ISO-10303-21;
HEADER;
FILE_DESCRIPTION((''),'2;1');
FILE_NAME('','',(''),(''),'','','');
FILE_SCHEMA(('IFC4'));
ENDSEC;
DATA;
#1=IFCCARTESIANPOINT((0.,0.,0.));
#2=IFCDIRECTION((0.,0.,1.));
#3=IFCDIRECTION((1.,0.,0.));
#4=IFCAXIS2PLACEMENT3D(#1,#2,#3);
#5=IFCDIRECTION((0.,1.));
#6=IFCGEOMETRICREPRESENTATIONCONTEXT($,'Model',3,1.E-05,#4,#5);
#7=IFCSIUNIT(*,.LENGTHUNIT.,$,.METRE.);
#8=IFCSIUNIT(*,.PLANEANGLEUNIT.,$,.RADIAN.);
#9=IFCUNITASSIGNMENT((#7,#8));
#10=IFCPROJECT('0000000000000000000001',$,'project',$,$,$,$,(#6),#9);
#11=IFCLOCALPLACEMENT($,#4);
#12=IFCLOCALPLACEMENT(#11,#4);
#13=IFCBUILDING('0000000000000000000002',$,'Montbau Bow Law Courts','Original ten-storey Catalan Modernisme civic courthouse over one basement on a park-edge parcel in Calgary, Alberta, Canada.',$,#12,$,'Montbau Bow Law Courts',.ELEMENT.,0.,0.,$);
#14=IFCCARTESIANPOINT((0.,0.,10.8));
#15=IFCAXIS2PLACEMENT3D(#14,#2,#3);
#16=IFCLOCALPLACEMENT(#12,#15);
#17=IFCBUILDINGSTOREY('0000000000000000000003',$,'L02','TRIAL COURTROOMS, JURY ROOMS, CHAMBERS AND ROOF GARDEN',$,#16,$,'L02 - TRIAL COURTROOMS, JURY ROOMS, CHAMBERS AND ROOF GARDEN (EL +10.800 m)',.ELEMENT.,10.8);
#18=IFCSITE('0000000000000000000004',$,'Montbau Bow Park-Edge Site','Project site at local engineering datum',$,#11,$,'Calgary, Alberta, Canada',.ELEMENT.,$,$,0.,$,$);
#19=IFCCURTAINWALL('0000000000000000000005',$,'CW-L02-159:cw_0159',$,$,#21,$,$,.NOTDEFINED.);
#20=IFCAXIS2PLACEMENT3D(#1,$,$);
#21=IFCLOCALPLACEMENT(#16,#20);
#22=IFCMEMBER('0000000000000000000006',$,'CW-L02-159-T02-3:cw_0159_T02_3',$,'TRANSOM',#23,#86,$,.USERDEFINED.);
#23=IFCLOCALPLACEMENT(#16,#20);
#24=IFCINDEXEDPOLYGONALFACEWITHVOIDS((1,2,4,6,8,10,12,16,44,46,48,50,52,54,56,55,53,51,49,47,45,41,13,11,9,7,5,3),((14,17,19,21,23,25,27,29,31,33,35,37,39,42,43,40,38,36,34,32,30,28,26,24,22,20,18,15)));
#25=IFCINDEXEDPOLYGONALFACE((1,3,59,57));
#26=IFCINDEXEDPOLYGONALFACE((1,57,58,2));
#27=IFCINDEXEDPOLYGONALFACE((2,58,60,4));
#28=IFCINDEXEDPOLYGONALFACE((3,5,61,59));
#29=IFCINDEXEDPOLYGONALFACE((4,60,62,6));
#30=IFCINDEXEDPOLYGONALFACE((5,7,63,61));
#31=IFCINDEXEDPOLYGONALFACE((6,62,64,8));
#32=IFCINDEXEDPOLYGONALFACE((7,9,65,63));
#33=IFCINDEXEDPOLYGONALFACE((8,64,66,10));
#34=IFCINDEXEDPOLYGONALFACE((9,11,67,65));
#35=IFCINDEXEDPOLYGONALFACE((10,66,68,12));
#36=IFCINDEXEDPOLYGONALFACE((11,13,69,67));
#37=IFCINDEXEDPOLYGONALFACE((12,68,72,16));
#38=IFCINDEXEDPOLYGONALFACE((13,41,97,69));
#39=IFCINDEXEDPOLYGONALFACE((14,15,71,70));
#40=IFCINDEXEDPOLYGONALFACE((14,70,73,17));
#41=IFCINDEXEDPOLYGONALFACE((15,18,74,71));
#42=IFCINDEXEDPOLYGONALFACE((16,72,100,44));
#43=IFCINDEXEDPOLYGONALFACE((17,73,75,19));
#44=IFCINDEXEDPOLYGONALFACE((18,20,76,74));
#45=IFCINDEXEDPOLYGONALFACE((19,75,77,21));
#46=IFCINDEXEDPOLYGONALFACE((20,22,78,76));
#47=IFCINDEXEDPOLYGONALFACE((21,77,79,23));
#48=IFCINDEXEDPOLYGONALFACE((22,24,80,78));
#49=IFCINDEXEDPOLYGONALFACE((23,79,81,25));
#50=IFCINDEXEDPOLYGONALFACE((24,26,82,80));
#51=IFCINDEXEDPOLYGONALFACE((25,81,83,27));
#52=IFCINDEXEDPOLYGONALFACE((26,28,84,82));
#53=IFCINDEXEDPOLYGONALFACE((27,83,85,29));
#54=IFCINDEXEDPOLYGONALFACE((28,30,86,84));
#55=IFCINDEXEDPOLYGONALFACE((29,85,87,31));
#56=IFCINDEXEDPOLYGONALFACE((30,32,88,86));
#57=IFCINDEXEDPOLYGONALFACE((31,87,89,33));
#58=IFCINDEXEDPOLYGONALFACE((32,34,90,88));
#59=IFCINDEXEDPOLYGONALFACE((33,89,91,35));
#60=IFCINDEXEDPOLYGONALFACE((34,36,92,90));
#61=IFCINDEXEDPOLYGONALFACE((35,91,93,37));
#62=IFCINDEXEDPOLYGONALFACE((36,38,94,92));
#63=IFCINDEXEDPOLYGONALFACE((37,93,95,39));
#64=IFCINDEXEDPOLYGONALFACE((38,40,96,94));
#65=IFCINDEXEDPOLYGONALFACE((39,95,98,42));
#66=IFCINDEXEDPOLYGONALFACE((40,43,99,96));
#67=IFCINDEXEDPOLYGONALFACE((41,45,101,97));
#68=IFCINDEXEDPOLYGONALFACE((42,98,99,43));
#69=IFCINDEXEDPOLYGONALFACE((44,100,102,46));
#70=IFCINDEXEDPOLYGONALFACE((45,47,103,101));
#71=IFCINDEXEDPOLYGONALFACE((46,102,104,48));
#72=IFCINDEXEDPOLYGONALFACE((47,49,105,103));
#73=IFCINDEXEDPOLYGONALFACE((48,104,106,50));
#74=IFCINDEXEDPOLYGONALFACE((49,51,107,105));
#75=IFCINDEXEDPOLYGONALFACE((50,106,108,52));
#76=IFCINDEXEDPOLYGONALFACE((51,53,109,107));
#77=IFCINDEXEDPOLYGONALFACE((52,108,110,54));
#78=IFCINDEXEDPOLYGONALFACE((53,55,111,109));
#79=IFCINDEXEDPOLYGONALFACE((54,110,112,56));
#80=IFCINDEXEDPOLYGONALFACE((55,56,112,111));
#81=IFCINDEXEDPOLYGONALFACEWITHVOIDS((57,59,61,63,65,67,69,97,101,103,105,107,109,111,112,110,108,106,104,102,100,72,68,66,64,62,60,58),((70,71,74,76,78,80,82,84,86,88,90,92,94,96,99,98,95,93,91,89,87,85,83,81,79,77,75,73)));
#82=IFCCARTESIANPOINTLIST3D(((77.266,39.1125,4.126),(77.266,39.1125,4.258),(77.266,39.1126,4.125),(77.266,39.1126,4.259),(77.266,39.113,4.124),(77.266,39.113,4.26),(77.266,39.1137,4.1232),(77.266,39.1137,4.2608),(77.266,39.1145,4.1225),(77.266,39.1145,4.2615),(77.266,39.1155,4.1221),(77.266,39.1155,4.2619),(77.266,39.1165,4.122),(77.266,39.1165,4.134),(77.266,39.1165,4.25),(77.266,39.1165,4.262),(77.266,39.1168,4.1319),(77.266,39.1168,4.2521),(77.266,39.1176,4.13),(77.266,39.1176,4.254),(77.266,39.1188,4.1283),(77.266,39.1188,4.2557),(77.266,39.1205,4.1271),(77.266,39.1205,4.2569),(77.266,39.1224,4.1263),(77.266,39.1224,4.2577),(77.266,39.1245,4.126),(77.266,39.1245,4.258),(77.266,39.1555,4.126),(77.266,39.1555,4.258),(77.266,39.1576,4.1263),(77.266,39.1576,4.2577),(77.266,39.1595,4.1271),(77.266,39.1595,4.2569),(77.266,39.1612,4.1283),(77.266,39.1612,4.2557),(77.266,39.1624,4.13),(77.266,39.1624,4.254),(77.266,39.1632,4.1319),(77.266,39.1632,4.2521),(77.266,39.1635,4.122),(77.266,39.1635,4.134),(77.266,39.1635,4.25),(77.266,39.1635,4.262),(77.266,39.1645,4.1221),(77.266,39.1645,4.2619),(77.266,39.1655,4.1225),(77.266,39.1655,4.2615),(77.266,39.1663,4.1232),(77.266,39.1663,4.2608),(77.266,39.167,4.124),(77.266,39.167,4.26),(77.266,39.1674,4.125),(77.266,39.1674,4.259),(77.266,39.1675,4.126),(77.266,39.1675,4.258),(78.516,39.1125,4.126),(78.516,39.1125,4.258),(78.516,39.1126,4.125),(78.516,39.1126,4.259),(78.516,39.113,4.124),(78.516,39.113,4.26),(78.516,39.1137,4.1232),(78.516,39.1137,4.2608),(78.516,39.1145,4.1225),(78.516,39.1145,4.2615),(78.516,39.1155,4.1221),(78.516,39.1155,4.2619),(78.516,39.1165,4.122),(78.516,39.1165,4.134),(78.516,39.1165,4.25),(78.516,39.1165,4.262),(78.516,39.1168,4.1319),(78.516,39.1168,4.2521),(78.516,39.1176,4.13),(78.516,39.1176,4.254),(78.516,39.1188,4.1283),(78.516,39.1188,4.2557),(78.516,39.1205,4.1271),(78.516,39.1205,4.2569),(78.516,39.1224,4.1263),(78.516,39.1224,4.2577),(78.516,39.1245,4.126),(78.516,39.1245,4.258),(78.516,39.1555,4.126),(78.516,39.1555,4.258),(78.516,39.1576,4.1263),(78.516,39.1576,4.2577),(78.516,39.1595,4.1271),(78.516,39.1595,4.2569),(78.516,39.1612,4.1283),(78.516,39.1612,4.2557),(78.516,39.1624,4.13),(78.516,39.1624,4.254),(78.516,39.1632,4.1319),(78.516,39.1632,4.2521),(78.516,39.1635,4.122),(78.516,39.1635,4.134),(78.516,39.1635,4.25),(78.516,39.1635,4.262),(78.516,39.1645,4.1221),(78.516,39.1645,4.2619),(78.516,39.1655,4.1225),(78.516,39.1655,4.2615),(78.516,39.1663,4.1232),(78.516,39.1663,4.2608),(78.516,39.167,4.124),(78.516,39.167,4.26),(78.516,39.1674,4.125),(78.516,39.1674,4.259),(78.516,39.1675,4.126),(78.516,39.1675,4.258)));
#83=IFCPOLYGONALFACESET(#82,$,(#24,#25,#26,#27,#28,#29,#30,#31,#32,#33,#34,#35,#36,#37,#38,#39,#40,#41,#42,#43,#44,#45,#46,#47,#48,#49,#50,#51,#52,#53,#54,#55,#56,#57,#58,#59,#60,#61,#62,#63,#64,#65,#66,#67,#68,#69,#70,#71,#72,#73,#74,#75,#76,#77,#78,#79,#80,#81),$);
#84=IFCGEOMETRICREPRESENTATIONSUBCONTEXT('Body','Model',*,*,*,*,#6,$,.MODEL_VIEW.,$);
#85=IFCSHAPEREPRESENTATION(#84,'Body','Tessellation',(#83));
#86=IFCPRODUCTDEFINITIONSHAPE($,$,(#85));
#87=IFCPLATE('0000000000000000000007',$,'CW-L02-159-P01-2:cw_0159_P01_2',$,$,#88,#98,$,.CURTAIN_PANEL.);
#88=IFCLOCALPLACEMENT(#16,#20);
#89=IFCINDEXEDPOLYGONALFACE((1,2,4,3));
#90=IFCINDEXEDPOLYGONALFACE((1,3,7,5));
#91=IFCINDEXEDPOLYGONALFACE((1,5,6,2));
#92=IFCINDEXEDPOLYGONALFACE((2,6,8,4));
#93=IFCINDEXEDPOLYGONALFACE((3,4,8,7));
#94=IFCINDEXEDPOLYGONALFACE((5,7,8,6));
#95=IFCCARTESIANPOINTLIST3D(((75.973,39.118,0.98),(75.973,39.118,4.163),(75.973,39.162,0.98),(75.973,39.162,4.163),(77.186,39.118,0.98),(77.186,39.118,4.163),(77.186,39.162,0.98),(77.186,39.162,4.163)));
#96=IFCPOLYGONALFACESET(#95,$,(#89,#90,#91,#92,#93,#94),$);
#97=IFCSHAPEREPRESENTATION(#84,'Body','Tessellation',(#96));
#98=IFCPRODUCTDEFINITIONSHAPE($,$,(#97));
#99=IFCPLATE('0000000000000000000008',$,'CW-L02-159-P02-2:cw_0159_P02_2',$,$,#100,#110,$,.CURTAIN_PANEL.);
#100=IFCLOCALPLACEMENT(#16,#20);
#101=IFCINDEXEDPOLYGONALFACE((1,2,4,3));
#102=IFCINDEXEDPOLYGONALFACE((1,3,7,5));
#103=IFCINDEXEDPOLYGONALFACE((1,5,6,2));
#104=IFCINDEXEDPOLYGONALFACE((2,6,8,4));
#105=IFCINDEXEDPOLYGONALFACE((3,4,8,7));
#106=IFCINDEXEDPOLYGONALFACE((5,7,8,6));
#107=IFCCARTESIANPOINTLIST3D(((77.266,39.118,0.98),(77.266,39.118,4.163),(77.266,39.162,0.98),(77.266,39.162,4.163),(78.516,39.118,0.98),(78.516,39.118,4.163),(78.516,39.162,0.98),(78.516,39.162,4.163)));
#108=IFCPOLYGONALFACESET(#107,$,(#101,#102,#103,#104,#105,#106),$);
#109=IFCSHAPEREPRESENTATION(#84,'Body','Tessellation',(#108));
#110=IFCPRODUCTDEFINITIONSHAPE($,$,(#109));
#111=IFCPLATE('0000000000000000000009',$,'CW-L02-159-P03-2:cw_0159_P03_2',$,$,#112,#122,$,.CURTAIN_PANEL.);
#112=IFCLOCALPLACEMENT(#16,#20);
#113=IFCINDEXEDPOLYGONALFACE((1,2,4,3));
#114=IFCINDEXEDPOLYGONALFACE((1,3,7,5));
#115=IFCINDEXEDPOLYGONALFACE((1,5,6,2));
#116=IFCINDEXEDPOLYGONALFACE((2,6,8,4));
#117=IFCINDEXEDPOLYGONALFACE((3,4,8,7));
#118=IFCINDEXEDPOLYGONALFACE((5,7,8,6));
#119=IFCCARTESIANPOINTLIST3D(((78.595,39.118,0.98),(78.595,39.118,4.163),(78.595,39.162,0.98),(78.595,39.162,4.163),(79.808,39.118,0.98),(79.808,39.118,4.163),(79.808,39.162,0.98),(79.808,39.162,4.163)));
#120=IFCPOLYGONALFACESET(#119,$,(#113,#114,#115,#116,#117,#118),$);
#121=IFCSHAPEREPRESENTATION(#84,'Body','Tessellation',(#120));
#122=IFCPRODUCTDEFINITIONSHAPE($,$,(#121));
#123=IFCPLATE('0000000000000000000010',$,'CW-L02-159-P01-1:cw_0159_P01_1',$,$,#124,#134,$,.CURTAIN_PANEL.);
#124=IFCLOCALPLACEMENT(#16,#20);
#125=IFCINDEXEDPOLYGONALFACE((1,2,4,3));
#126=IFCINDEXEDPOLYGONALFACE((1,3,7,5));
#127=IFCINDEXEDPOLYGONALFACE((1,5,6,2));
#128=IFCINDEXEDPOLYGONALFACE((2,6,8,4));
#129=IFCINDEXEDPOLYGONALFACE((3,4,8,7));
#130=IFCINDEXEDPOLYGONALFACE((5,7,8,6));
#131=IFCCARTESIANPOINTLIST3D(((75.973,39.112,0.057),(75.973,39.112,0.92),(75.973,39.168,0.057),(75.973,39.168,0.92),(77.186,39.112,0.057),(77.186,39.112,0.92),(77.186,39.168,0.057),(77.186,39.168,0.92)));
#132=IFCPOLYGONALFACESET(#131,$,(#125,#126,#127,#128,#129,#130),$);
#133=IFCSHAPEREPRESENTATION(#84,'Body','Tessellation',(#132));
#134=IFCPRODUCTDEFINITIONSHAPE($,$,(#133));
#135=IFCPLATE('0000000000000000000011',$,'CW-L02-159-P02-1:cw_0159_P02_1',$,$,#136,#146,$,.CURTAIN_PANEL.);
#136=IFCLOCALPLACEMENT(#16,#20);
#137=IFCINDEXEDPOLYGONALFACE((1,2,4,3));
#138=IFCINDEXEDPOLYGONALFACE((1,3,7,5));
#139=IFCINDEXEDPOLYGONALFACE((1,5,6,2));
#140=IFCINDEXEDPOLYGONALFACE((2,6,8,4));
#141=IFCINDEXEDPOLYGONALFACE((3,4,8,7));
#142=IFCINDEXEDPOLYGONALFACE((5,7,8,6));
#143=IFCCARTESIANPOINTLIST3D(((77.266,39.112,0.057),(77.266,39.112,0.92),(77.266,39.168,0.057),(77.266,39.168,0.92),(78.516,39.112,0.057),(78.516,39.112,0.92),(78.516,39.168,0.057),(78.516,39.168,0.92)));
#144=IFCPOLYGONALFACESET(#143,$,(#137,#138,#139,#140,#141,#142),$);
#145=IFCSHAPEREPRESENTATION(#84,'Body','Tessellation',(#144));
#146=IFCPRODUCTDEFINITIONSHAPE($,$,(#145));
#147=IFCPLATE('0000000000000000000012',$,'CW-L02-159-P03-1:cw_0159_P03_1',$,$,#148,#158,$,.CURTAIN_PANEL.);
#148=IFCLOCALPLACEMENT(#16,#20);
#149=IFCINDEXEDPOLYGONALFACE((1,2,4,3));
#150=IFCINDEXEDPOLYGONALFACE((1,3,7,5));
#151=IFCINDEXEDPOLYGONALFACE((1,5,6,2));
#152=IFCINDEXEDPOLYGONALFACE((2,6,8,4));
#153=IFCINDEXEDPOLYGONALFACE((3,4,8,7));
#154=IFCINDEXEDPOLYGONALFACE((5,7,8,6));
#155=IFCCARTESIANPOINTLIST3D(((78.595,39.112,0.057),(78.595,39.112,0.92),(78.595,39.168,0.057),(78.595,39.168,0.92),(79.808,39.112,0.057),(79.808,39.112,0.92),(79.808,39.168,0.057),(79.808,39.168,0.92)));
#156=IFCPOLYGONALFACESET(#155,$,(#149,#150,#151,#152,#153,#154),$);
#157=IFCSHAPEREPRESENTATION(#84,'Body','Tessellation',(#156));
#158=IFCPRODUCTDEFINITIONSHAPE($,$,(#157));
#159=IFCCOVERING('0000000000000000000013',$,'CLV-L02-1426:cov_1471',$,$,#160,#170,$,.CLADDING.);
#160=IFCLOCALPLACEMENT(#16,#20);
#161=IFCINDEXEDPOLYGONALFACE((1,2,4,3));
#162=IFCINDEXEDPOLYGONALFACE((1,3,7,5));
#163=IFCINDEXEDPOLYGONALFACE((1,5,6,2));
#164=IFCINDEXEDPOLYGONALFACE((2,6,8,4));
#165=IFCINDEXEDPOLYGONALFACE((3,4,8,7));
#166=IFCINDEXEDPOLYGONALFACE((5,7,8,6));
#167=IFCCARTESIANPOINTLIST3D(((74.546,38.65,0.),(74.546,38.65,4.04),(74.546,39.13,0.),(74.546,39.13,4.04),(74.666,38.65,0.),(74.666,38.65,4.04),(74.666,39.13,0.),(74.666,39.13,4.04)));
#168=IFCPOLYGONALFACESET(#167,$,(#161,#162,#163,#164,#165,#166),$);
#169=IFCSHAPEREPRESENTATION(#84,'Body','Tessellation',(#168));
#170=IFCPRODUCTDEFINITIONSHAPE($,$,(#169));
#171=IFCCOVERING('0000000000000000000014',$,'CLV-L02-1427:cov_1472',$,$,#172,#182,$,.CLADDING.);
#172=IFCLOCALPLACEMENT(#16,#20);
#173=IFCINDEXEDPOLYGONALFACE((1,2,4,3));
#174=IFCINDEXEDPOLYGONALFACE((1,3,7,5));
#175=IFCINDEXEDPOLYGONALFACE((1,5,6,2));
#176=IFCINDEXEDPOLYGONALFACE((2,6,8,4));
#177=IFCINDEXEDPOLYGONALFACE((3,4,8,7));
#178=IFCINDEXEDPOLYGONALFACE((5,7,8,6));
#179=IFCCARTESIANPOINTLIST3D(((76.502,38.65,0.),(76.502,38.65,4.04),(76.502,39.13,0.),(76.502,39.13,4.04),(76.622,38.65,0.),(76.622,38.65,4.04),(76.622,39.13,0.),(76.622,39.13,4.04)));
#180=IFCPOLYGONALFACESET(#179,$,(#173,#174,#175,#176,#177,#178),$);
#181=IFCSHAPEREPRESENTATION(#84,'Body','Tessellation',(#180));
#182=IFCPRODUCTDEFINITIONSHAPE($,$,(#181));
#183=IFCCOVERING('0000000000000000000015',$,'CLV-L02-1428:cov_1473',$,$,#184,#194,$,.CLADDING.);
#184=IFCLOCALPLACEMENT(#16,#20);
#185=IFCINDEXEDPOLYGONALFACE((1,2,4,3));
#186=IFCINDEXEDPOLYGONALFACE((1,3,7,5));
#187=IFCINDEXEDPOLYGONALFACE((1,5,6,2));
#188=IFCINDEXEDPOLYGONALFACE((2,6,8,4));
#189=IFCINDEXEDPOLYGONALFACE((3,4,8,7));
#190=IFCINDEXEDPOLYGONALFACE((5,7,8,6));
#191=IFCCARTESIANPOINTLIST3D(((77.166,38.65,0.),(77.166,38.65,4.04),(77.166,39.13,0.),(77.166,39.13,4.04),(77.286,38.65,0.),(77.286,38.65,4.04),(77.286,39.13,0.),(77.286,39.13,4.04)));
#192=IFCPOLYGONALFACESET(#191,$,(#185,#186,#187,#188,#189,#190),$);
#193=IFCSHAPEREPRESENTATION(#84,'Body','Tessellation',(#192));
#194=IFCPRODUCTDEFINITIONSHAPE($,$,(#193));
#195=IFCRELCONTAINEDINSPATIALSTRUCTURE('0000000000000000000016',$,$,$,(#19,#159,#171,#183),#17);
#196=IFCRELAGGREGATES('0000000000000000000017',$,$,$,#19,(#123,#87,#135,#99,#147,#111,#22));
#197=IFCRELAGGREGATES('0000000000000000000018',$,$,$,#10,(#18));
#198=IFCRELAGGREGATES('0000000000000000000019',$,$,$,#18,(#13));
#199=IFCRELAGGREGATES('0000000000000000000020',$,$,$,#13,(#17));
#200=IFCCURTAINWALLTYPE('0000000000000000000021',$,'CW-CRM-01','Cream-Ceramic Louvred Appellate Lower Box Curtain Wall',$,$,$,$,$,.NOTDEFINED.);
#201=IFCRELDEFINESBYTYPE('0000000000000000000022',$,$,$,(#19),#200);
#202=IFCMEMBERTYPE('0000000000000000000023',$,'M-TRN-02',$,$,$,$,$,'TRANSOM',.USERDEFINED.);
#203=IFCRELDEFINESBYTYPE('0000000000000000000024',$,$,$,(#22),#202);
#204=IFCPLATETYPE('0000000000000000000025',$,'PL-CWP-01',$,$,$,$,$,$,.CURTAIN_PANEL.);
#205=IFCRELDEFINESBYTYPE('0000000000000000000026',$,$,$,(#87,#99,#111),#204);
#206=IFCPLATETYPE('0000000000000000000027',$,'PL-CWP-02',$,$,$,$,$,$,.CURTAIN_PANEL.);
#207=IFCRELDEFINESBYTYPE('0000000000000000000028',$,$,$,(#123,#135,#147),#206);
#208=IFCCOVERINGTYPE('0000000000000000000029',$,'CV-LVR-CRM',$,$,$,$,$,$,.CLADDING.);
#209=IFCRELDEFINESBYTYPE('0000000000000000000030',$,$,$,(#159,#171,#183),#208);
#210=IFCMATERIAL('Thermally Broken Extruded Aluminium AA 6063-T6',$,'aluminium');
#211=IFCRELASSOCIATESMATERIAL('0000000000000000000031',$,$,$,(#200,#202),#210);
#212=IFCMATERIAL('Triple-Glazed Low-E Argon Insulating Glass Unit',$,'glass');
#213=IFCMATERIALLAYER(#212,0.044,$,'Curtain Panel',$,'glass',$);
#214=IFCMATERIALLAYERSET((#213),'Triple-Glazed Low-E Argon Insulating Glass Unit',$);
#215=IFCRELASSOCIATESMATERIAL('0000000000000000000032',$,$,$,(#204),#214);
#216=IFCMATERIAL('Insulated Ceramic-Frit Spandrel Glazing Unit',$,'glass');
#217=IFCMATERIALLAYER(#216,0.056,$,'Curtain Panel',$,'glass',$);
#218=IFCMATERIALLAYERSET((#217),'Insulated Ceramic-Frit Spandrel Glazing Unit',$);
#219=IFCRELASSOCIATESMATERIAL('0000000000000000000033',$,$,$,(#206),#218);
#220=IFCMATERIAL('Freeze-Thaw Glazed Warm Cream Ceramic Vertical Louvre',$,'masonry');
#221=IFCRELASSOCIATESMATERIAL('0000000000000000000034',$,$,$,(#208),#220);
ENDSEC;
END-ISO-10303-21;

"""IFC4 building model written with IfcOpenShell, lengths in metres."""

from ifc_helpers import new_model, si_unit, direction, frame, frame_2d, origin_with_axes, origin_2d_with_axis, place, context, subcontext, project, spatial, rectangle, hollow_rectangle, extrude, material, layer, layer_set, material_profile, profile_set, type_object, element, aggregate, save


model = new_model("IFC4")

# Units and contexts
model_context = context("Model", 3, precision=1e-05, world=origin_with_axes(), true_north=direction((0.0, 1.0)))
body_context = subcontext(model_context, "Body", "Model", "MODEL_VIEW")
ifc_project = project(units=[si_unit("LENGTHUNIT", "METRE"), si_unit("PLANEANGLEUNIT", "RADIAN")], contexts=[model_context])

# Site, building, storey
site_placement = place(None, origin_with_axes())
site = spatial("IfcSite", under=ifc_project, at=site_placement, Name="Montbau Bow Park-Edge Site", Description="Project site at local engineering datum", LongName="Calgary, Alberta, Canada", CompositionType="ELEMENT", RefElevation=0.0)
building_placement = place(site_placement, origin_with_axes())
building = spatial("IfcBuilding", under=site, at=building_placement, Name="Montbau Bow Law Courts", Description="Original ten-storey Catalan Modernisme civic courthouse over one basement on a park-edge parcel in Calgary, Alberta, Canada.", LongName="Montbau Bow Law Courts", CompositionType="ELEMENT", ElevationOfRefHeight=0.0, ElevationOfTerrain=0.0)
storey_placement = place(building_placement, frame((0.0, 0.0, 10.8), z_axis=(0.0, 0.0, 1.0), x_axis=(1.0, 0.0, 0.0)))
storey = spatial("IfcBuildingStorey", under=building, at=storey_placement, Name="L02", Description="TRIAL COURTROOMS, JURY ROOMS, CHAMBERS AND ROOF GARDEN", LongName="L02 - TRIAL COURTROOMS, JURY ROOMS, CHAMBERS AND ROOF GARDEN (EL +10.800 m)", CompositionType="ELEMENT", Elevation=10.8)

# Curtain wall
ifc_material_1 = material(Name="Thermally Broken Extruded Aluminium AA 6063-T6", Category="aluminium")
curtain_wall_type = type_object("IfcCurtainWallType", Name="CW-CRM-01", Description="Cream-Ceramic Louvred Appellate Lower Box Curtain Wall", PredefinedType="NOTDEFINED", material=ifc_material_1)
curtain_wall_1_placement = place(None, frame((75.897, 39.14, 10.8), z_axis=(0.0, 0.0, 1.0), x_axis=(1.0, 0.0, 0.0)))
curtain_wall_1 = element("IfcCurtainWall", 1, at=curtain_wall_1_placement, inside=storey, type_object=curtain_wall_type, Name="CW-L02-159:cw_0159", PredefinedType="NOTDEFINED")

# Member
ifc_material_profile_1 = material_profile(ifc_material_1, hollow_rectangle(XDim=0.055, YDim=0.14, WallThickness=0.004, InnerFilletRadius=0.008, OuterFilletRadius=0.004, at=origin_2d_with_axis()), Name="CWT-140X55", Category="Main", Priority=0)
ifc_profile_set_1 = profile_set([ifc_material_profile_1], Name="Thermally Broken Extruded Aluminium AA 6063-T6")
member_type_1 = type_object("IfcMemberType", Name="M-TRN-02", ElementType="TRANSOM", PredefinedType="USERDEFINED", material=ifc_profile_set_1)
member_1_placement = place(None, frame((77.266, 39.14, 14.992), z_axis=(1.0, 0.0, 0.0), x_axis=(0.0, 1.0, 0.0)))
member_1 = element("IfcMember", 2, at=member_1_placement, type_object=member_type_1, Name="CW-L02-159-T02-3:cw_0159_T02_3", ObjectType="TRANSOM", PredefinedType="USERDEFINED", context=body_context, shape_type="SweptSolid", body=[
    extrude(hollow_rectangle(XDim=0.055, YDim=0.14, WallThickness=0.004, InnerFilletRadius=0.008, OuterFilletRadius=0.004, at=origin_2d_with_axis()), origin_with_axes(), (0.0, 0.0, 1.0), 1.25),
])

# Plates
ifc_material_2 = material(Name="Triple-Glazed Low-E Argon Insulating Glass Unit", Category="glass")
ifc_layer_1 = layer(ifc_material_2, 0.044, Name="Curtain Panel", Category="glass")
ifc_layer_set_1 = layer_set([ifc_layer_1], Name="Triple-Glazed Low-E Argon Insulating Glass Unit")
plate_type_1 = type_object("IfcPlateType", Name="PL-CWP-01", PredefinedType="CURTAIN_PANEL", material=ifc_layer_set_1)
plate_1_placement = place(None, frame((75.973, 39.14, 11.78), z_axis=(0.0, -1.0, 0.0), x_axis=(1.0, 0.0, 0.0)))
plate_1 = element("IfcPlate", 3, at=plate_1_placement, type_object=plate_type_1, Name="CW-L02-159-P01-2:cw_0159_P01_2", PredefinedType="CURTAIN_PANEL", context=body_context, shape_type="SweptSolid", body=[
    extrude(rectangle(XDim=1.213, YDim=3.183, at=frame_2d((0.6065, 1.5915), x_axis=(1.0, 0.0))), frame((0.0, 0.0, -0.022), z_axis=(0.0, 0.0, 1.0), x_axis=(1.0, 0.0, 0.0)), (0.0, 0.0, 1.0), 0.044),
])
plate_2_placement = place(None, frame((77.266, 39.14, 11.78), z_axis=(0.0, -1.0, 0.0), x_axis=(1.0, 0.0, 0.0)))
plate_2 = element("IfcPlate", 4, at=plate_2_placement, type_object=plate_type_1, Name="CW-L02-159-P02-2:cw_0159_P02_2", PredefinedType="CURTAIN_PANEL", context=body_context, shape_type="SweptSolid", body=[
    extrude(rectangle(XDim=1.25, YDim=3.183, at=frame_2d((0.625, 1.5915), x_axis=(1.0, 0.0))), frame((0.0, 0.0, -0.022), z_axis=(0.0, 0.0, 1.0), x_axis=(1.0, 0.0, 0.0)), (0.0, 0.0, 1.0), 0.044),
])
plate_3_placement = place(None, frame((78.595, 39.14, 11.78), z_axis=(0.0, -1.0, 0.0), x_axis=(1.0, 0.0, 0.0)))
plate_3 = element("IfcPlate", 5, at=plate_3_placement, type_object=plate_type_1, Name="CW-L02-159-P03-2:cw_0159_P03_2", PredefinedType="CURTAIN_PANEL", context=body_context, shape_type="SweptSolid", body=[
    extrude(rectangle(XDim=1.213, YDim=3.183, at=frame_2d((0.6065, 1.5915), x_axis=(1.0, 0.0))), frame((0.0, 0.0, -0.022), z_axis=(0.0, 0.0, 1.0), x_axis=(1.0, 0.0, 0.0)), (0.0, 0.0, 1.0), 0.044),
])
ifc_material_3 = material(Name="Insulated Ceramic-Frit Spandrel Glazing Unit", Category="glass")
ifc_layer_2 = layer(ifc_material_3, 0.056, Name="Curtain Panel", Category="glass")
ifc_layer_set_2 = layer_set([ifc_layer_2], Name="Insulated Ceramic-Frit Spandrel Glazing Unit")
plate_type_2 = type_object("IfcPlateType", Name="PL-CWP-02", PredefinedType="CURTAIN_PANEL", material=ifc_layer_set_2)
plate_4_placement = place(None, frame((75.973, 39.14, 10.857), z_axis=(0.0, -1.0, 0.0), x_axis=(1.0, 0.0, 0.0)))
plate_4 = element("IfcPlate", 6, at=plate_4_placement, type_object=plate_type_2, Name="CW-L02-159-P01-1:cw_0159_P01_1", PredefinedType="CURTAIN_PANEL", context=body_context, shape_type="SweptSolid", body=[
    extrude(rectangle(XDim=1.213, YDim=0.863, at=frame_2d((0.6065, 0.4315), x_axis=(1.0, 0.0))), frame((0.0, 0.0, -0.028), z_axis=(0.0, 0.0, 1.0), x_axis=(1.0, 0.0, 0.0)), (0.0, 0.0, 1.0), 0.056),
])
plate_5_placement = place(None, frame((77.266, 39.14, 10.857), z_axis=(0.0, -1.0, 0.0), x_axis=(1.0, 0.0, 0.0)))
plate_5 = element("IfcPlate", 7, at=plate_5_placement, type_object=plate_type_2, Name="CW-L02-159-P02-1:cw_0159_P02_1", PredefinedType="CURTAIN_PANEL", context=body_context, shape_type="SweptSolid", body=[
    extrude(rectangle(XDim=1.25, YDim=0.863, at=frame_2d((0.625, 0.4315), x_axis=(1.0, 0.0))), frame((0.0, 0.0, -0.028), z_axis=(0.0, 0.0, 1.0), x_axis=(1.0, 0.0, 0.0)), (0.0, 0.0, 1.0), 0.056),
])
plate_6_placement = place(None, frame((78.595, 39.14, 10.857), z_axis=(0.0, -1.0, 0.0), x_axis=(1.0, 0.0, 0.0)))
plate_6 = element("IfcPlate", 8, at=plate_6_placement, type_object=plate_type_2, Name="CW-L02-159-P03-1:cw_0159_P03_1", PredefinedType="CURTAIN_PANEL", context=body_context, shape_type="SweptSolid", body=[
    extrude(rectangle(XDim=1.213, YDim=0.863, at=frame_2d((0.6065, 0.4315), x_axis=(1.0, 0.0))), frame((0.0, 0.0, -0.028), z_axis=(0.0, 0.0, 1.0), x_axis=(1.0, 0.0, 0.0)), (0.0, 0.0, 1.0), 0.056),
])
aggregate(curtain_wall_1, [plate_4, plate_1, plate_5, plate_2, plate_6, plate_3, member_1])

# Coverings
ifc_material_4 = material(Name="Freeze-Thaw Glazed Warm Cream Ceramic Vertical Louvre", Category="masonry")
covering_type = type_object("IfcCoveringType", Name="CV-LVR-CRM", PredefinedType="CLADDING", material=ifc_material_4)
for number, where, z_axis, x_axis, name in (
    (9, (74.606, 39.13, 10.8), (-1.0, 0.0, 0.0), (0.0, -1.0, 0.0), "CLV-L02-1426:cov_1471"),
    (10, (76.562, 39.13, 10.8), (-1.0, 0.0, 0.0), (0.0, -1.0, 0.0), "CLV-L02-1427:cov_1472"),
    (11, (77.226, 39.13, 10.8), (-1.0, 0.0, 0.0), (0.0, -1.0, 0.0), "CLV-L02-1428:cov_1473"),
):
    element("IfcCovering", number, at=place(None, frame(where, z_axis=z_axis, x_axis=x_axis)), inside=storey, type_object=covering_type, Name=name, PredefinedType="CLADDING", context=body_context, shape_type="SweptSolid", body=[
        extrude(rectangle(XDim=0.48, YDim=4.04, at=frame_2d((0.24, 2.02), x_axis=(1.0, 0.0))), frame((0.0, 0.0, -0.06), z_axis=(0.0, 0.0, 1.0), x_axis=(1.0, 0.0, 0.0)), (0.0, 0.0, 1.0), 0.12),
    ])

save(model, "model.ifc")
